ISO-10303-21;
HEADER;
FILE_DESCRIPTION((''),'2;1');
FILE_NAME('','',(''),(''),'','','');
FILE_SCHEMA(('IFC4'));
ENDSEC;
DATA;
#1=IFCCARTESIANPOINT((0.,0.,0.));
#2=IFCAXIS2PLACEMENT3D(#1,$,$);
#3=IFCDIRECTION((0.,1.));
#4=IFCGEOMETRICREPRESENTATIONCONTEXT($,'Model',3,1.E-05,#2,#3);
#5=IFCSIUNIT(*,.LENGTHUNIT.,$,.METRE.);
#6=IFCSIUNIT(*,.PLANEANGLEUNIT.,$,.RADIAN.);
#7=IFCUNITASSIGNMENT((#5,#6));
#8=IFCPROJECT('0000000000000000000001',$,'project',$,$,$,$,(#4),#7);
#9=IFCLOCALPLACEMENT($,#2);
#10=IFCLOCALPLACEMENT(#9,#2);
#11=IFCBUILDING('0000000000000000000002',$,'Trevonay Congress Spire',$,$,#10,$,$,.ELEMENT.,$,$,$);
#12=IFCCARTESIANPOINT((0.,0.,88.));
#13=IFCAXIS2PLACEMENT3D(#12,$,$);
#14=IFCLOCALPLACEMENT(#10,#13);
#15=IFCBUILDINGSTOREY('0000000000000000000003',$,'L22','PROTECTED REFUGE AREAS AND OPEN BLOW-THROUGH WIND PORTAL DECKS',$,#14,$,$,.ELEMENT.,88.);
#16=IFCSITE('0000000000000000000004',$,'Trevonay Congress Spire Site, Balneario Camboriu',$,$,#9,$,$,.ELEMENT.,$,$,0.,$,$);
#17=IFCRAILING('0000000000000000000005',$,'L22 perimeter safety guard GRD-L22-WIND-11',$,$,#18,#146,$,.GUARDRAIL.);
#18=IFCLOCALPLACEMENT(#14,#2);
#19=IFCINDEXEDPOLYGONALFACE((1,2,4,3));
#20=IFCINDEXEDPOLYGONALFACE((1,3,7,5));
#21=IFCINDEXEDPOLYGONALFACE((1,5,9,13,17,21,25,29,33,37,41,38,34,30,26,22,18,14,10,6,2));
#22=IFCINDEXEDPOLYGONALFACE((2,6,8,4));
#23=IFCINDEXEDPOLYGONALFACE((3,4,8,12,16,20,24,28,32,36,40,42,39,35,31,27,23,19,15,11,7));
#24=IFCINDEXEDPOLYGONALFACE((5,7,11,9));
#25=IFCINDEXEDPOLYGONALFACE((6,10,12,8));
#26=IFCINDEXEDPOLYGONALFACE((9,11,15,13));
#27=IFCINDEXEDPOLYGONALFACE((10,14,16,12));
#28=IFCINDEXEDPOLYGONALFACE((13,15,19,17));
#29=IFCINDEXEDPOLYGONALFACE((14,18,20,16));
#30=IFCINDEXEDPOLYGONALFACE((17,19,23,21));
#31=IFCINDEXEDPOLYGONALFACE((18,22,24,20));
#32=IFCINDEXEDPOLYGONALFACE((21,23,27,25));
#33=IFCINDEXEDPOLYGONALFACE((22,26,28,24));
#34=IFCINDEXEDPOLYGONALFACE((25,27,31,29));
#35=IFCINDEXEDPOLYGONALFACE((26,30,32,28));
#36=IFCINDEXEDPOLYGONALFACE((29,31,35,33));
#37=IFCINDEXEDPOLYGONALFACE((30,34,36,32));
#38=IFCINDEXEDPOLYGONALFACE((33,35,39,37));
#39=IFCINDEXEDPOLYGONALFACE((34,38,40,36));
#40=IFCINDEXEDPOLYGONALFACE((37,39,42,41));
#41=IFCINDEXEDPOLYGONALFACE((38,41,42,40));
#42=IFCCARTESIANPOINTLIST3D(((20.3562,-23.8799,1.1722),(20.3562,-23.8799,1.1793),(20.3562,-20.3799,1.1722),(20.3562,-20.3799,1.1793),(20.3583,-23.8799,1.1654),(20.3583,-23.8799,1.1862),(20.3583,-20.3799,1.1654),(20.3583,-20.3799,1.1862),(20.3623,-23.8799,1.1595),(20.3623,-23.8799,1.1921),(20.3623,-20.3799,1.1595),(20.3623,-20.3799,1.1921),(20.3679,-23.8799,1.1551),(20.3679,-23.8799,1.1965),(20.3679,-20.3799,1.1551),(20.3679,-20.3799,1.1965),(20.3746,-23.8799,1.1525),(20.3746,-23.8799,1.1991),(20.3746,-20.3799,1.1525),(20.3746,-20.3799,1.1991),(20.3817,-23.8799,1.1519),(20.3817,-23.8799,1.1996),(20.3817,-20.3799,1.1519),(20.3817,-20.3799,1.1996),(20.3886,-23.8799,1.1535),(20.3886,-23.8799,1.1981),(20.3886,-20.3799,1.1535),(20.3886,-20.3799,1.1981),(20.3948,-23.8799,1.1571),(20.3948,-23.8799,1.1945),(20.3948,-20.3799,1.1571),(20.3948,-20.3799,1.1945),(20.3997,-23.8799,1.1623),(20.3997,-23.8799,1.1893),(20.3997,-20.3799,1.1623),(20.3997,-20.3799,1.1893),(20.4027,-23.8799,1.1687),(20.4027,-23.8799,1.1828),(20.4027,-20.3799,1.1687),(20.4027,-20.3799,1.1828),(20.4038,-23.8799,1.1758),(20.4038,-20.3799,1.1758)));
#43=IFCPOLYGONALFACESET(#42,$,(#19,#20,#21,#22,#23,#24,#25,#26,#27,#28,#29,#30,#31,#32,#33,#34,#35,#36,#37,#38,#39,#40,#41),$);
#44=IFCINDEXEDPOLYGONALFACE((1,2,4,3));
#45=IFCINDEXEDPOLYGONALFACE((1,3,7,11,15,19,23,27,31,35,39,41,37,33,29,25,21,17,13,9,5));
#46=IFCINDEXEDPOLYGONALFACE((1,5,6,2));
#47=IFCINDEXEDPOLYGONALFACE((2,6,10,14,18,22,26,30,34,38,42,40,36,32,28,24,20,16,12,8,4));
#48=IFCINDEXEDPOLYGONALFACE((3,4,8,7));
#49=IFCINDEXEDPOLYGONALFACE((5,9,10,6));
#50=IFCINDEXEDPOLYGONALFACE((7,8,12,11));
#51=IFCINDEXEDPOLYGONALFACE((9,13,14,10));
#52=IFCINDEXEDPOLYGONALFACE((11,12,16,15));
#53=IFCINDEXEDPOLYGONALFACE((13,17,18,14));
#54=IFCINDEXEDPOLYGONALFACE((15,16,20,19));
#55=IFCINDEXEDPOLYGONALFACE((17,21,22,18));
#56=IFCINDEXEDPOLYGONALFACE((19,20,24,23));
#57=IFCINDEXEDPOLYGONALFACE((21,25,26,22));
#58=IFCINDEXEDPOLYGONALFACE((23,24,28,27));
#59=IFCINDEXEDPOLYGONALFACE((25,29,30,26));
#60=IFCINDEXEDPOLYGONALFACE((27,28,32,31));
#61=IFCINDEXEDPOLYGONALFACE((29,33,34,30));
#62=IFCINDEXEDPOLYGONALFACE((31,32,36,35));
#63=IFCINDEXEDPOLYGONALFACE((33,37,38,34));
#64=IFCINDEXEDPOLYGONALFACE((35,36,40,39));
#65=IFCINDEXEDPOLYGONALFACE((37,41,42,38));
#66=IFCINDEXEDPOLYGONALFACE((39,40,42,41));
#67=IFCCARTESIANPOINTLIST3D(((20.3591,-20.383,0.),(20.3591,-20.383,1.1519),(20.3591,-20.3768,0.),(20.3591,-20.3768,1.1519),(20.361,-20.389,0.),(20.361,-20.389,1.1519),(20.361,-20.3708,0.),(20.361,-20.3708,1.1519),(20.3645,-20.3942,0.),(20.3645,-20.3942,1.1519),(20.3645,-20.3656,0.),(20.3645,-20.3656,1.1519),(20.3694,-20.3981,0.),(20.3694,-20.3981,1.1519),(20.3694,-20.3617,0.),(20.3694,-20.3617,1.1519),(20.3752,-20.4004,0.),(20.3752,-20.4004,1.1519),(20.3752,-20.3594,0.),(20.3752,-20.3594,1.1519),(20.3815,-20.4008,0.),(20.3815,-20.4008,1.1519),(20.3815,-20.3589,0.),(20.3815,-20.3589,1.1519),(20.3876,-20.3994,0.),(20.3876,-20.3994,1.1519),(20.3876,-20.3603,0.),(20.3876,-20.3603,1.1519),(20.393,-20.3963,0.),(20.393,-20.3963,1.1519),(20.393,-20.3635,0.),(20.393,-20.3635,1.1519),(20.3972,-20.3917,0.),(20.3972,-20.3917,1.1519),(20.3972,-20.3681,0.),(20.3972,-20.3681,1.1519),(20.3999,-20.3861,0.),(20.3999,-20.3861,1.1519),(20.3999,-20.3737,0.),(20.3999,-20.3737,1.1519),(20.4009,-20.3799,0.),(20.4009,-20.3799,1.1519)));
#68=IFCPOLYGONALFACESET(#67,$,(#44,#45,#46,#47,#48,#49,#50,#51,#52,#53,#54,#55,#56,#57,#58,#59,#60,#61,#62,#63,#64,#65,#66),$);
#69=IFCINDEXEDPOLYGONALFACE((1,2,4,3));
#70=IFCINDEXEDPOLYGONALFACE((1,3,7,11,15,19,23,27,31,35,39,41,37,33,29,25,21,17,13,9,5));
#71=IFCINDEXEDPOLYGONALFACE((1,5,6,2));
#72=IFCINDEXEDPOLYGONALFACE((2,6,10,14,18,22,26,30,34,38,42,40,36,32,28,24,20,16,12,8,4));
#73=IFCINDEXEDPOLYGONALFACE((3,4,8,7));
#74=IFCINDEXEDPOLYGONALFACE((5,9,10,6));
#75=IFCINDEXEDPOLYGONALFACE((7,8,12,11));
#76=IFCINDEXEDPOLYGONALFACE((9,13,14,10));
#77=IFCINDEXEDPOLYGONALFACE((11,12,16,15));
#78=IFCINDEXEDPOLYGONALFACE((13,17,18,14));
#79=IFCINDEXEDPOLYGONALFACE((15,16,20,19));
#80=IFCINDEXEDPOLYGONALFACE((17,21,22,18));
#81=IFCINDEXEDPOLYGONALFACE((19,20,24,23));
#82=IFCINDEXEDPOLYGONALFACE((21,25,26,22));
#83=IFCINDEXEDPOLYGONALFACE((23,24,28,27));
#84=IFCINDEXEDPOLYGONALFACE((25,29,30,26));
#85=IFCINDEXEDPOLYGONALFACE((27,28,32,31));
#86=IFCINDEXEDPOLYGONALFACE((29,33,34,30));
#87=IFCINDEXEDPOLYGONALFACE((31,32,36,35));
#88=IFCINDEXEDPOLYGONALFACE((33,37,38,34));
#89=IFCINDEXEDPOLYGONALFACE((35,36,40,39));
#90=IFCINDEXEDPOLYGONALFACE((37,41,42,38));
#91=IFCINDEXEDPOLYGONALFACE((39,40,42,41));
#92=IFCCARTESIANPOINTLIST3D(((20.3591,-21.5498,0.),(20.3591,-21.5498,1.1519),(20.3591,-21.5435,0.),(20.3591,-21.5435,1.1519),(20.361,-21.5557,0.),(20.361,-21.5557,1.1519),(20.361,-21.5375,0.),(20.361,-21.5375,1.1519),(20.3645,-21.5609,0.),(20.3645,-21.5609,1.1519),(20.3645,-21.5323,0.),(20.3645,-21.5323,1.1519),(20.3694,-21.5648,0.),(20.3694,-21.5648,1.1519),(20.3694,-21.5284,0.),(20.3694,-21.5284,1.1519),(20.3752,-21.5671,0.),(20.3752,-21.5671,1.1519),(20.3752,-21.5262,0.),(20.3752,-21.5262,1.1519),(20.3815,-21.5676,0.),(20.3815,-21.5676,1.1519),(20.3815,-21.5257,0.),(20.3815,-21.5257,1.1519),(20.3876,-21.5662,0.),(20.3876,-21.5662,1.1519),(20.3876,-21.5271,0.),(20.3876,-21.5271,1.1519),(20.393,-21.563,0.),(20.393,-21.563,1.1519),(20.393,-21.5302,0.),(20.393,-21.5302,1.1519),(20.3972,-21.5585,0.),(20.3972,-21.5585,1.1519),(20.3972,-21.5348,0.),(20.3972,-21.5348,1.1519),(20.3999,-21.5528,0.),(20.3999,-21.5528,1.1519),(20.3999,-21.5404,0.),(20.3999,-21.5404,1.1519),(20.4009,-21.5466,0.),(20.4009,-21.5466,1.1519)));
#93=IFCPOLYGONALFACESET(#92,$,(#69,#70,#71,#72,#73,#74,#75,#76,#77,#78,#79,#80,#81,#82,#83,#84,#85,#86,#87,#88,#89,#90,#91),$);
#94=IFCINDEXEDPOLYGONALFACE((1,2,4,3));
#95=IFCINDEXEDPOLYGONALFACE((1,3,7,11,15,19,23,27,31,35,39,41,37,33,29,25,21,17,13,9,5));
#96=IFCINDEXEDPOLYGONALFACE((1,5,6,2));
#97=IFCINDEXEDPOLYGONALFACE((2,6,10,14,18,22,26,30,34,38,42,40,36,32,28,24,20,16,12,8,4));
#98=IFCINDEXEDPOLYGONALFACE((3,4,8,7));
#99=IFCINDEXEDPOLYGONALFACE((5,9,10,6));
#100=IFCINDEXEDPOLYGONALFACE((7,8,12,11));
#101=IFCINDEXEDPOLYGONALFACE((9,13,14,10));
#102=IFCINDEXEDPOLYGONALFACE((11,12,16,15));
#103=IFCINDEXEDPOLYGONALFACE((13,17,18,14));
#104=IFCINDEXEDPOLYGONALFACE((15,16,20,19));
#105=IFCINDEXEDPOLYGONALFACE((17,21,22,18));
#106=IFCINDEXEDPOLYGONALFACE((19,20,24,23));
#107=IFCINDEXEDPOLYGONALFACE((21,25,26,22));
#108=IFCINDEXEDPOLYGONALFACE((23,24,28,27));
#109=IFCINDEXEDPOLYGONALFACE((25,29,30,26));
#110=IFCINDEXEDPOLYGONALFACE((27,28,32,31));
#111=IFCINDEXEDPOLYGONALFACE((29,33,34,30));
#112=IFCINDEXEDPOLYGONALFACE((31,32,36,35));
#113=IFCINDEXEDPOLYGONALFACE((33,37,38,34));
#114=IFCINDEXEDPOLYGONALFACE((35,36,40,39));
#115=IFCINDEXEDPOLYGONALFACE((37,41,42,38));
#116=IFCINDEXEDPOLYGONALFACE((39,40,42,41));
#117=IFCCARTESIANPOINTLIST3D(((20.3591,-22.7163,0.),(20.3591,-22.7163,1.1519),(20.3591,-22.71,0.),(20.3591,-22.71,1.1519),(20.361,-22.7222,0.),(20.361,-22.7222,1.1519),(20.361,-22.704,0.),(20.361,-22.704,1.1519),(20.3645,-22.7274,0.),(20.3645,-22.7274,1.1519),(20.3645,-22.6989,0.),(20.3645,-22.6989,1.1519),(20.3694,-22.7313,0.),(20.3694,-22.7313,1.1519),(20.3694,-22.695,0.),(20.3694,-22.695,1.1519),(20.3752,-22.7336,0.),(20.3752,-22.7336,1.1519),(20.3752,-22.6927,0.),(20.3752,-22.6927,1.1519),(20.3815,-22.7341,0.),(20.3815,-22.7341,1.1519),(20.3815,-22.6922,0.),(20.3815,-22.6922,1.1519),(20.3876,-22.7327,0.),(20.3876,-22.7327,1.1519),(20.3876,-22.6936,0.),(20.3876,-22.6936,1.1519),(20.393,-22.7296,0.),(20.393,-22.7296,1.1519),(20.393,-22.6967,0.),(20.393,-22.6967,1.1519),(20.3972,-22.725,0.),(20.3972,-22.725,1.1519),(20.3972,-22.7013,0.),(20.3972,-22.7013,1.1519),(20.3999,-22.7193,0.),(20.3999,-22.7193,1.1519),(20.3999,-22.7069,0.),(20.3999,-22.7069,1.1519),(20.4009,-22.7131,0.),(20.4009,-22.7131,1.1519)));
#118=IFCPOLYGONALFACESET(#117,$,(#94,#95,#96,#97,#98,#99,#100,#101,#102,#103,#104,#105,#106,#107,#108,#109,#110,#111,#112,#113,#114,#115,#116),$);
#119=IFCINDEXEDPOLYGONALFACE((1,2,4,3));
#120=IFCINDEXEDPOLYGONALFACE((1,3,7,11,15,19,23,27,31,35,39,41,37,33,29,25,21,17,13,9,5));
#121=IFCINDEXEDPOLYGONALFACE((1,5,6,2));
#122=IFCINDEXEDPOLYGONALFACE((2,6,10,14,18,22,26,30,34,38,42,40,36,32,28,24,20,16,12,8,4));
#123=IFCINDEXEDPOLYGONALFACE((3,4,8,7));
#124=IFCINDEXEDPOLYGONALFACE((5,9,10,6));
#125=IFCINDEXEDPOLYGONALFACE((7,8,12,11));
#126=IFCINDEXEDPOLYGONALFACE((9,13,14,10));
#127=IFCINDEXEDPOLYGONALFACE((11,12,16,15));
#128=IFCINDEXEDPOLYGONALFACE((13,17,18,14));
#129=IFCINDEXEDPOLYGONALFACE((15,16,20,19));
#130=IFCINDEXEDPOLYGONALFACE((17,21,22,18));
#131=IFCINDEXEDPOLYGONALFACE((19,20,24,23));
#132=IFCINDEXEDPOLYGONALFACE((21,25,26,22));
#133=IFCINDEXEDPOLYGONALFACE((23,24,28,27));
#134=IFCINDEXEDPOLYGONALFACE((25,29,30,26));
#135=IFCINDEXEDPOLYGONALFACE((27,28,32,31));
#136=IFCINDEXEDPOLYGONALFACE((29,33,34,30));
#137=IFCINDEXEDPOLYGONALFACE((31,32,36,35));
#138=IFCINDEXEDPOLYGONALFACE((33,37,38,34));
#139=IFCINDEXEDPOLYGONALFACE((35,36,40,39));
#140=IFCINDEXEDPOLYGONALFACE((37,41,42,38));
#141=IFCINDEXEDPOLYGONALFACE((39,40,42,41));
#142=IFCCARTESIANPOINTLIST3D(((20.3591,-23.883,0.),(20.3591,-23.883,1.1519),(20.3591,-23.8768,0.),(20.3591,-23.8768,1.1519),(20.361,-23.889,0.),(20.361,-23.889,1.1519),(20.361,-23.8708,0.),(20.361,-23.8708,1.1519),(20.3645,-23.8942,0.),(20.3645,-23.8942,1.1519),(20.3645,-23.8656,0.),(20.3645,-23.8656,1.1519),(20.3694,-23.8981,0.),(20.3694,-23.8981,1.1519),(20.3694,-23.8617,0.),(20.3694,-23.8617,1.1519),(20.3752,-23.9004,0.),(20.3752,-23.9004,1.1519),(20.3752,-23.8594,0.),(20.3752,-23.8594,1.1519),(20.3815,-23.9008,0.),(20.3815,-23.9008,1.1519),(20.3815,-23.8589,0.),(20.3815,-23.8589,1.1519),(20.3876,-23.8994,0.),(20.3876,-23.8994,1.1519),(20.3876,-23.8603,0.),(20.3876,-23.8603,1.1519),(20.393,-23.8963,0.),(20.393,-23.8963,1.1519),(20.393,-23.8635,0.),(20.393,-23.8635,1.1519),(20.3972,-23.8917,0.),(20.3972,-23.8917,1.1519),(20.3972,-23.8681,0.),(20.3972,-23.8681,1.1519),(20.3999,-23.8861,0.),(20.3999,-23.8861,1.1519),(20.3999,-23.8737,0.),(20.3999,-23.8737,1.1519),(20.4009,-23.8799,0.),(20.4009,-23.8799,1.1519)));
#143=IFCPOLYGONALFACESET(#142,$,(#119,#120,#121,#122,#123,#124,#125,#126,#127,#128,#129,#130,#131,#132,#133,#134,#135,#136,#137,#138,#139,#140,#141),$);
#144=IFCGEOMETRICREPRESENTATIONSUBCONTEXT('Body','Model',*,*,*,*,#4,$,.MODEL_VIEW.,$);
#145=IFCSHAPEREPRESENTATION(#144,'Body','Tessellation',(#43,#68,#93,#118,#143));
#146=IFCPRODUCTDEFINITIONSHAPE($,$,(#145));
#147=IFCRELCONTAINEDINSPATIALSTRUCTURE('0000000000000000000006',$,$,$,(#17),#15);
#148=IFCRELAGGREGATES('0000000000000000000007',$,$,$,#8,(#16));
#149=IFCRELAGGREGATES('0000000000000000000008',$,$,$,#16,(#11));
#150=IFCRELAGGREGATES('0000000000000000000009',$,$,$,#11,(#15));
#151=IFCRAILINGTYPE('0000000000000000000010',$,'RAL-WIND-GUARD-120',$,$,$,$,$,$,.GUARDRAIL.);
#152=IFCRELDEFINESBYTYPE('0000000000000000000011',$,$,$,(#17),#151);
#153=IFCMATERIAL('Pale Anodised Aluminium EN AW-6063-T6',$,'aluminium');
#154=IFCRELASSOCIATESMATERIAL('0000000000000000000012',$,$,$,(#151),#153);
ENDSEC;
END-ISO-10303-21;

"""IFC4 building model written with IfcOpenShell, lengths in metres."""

from ifc_helpers import new_model, si_unit, direction, frame, origin, origin_2d, place, context, subcontext, project, spatial, circle, extrude, material, type_object, element, save


model = new_model("IFC4")

# Units and contexts
model_context = context("Model", 3, precision=1e-05, world=origin(), true_north=direction((0.0, 1.0)))
body_context = subcontext(model_context, "Body", "Model", "MODEL_VIEW")
ifc_project = project(units=[si_unit("LENGTHUNIT", "METRE"), si_unit("PLANEANGLEUNIT", "RADIAN")], contexts=[model_context])

# Site, building, storey
site_placement = place(None, origin())
site = spatial("IfcSite", under=ifc_project, at=site_placement, Name="Trevonay Congress Spire Site, Balneario Camboriu", CompositionType="ELEMENT", RefElevation=0.0)
building_placement = place(site_placement, origin())
building = spatial("IfcBuilding", under=site, at=building_placement, Name="Trevonay Congress Spire", CompositionType="ELEMENT")
storey_placement = place(building_placement, frame((0.0, 0.0, 88.0)))
storey = spatial("IfcBuildingStorey", under=building, at=storey_placement, Name="L22", Description="PROTECTED REFUGE AREAS AND OPEN BLOW-THROUGH WIND PORTAL DECKS", CompositionType="ELEMENT", Elevation=88.0)

# Railing
ifc_material_1 = material(Name="Pale Anodised Aluminium EN AW-6063-T6", Category="aluminium")
railing_type = type_object("IfcRailingType", Name="RAL-WIND-GUARD-120", PredefinedType="GUARDRAIL", material=ifc_material_1)
railing_1_placement = place(storey_placement, frame((20.3799, -20.3799, 0.0)))
element("IfcRailing", 1, at=railing_1_placement, inside=storey, type_object=railing_type, Name="L22 perimeter safety guard GRD-L22-WIND-11", PredefinedType="GUARDRAIL", context=body_context, shape_type="SweptSolid", body=[
    extrude(circle(Radius=0.0239, at=origin_2d()), frame((0.0, 0.0, 1.1758), z_axis=(0.0, -1.0, 0.0), x_axis=(1.0, 0.0, 0.0)), (0.0, 0.0, 1.0), 3.5),
    extrude(circle(Radius=0.021, at=origin_2d()), origin(), (0.0, 0.0, 1.0), 1.1519),
    extrude(circle(Radius=0.021, at=origin_2d()), frame((0.0, -1.1667, 0.0)), (0.0, 0.0, 1.0), 1.1519),
    extrude(circle(Radius=0.021, at=origin_2d()), frame((0.0, -2.3333, 0.0)), (0.0, 0.0, 1.0), 1.1519),
    extrude(circle(Radius=0.021, at=origin_2d()), frame((0.0, -3.5, 0.0)), (0.0, 0.0, 1.0), 1.1519),
])

save(model, "model.ifc")
